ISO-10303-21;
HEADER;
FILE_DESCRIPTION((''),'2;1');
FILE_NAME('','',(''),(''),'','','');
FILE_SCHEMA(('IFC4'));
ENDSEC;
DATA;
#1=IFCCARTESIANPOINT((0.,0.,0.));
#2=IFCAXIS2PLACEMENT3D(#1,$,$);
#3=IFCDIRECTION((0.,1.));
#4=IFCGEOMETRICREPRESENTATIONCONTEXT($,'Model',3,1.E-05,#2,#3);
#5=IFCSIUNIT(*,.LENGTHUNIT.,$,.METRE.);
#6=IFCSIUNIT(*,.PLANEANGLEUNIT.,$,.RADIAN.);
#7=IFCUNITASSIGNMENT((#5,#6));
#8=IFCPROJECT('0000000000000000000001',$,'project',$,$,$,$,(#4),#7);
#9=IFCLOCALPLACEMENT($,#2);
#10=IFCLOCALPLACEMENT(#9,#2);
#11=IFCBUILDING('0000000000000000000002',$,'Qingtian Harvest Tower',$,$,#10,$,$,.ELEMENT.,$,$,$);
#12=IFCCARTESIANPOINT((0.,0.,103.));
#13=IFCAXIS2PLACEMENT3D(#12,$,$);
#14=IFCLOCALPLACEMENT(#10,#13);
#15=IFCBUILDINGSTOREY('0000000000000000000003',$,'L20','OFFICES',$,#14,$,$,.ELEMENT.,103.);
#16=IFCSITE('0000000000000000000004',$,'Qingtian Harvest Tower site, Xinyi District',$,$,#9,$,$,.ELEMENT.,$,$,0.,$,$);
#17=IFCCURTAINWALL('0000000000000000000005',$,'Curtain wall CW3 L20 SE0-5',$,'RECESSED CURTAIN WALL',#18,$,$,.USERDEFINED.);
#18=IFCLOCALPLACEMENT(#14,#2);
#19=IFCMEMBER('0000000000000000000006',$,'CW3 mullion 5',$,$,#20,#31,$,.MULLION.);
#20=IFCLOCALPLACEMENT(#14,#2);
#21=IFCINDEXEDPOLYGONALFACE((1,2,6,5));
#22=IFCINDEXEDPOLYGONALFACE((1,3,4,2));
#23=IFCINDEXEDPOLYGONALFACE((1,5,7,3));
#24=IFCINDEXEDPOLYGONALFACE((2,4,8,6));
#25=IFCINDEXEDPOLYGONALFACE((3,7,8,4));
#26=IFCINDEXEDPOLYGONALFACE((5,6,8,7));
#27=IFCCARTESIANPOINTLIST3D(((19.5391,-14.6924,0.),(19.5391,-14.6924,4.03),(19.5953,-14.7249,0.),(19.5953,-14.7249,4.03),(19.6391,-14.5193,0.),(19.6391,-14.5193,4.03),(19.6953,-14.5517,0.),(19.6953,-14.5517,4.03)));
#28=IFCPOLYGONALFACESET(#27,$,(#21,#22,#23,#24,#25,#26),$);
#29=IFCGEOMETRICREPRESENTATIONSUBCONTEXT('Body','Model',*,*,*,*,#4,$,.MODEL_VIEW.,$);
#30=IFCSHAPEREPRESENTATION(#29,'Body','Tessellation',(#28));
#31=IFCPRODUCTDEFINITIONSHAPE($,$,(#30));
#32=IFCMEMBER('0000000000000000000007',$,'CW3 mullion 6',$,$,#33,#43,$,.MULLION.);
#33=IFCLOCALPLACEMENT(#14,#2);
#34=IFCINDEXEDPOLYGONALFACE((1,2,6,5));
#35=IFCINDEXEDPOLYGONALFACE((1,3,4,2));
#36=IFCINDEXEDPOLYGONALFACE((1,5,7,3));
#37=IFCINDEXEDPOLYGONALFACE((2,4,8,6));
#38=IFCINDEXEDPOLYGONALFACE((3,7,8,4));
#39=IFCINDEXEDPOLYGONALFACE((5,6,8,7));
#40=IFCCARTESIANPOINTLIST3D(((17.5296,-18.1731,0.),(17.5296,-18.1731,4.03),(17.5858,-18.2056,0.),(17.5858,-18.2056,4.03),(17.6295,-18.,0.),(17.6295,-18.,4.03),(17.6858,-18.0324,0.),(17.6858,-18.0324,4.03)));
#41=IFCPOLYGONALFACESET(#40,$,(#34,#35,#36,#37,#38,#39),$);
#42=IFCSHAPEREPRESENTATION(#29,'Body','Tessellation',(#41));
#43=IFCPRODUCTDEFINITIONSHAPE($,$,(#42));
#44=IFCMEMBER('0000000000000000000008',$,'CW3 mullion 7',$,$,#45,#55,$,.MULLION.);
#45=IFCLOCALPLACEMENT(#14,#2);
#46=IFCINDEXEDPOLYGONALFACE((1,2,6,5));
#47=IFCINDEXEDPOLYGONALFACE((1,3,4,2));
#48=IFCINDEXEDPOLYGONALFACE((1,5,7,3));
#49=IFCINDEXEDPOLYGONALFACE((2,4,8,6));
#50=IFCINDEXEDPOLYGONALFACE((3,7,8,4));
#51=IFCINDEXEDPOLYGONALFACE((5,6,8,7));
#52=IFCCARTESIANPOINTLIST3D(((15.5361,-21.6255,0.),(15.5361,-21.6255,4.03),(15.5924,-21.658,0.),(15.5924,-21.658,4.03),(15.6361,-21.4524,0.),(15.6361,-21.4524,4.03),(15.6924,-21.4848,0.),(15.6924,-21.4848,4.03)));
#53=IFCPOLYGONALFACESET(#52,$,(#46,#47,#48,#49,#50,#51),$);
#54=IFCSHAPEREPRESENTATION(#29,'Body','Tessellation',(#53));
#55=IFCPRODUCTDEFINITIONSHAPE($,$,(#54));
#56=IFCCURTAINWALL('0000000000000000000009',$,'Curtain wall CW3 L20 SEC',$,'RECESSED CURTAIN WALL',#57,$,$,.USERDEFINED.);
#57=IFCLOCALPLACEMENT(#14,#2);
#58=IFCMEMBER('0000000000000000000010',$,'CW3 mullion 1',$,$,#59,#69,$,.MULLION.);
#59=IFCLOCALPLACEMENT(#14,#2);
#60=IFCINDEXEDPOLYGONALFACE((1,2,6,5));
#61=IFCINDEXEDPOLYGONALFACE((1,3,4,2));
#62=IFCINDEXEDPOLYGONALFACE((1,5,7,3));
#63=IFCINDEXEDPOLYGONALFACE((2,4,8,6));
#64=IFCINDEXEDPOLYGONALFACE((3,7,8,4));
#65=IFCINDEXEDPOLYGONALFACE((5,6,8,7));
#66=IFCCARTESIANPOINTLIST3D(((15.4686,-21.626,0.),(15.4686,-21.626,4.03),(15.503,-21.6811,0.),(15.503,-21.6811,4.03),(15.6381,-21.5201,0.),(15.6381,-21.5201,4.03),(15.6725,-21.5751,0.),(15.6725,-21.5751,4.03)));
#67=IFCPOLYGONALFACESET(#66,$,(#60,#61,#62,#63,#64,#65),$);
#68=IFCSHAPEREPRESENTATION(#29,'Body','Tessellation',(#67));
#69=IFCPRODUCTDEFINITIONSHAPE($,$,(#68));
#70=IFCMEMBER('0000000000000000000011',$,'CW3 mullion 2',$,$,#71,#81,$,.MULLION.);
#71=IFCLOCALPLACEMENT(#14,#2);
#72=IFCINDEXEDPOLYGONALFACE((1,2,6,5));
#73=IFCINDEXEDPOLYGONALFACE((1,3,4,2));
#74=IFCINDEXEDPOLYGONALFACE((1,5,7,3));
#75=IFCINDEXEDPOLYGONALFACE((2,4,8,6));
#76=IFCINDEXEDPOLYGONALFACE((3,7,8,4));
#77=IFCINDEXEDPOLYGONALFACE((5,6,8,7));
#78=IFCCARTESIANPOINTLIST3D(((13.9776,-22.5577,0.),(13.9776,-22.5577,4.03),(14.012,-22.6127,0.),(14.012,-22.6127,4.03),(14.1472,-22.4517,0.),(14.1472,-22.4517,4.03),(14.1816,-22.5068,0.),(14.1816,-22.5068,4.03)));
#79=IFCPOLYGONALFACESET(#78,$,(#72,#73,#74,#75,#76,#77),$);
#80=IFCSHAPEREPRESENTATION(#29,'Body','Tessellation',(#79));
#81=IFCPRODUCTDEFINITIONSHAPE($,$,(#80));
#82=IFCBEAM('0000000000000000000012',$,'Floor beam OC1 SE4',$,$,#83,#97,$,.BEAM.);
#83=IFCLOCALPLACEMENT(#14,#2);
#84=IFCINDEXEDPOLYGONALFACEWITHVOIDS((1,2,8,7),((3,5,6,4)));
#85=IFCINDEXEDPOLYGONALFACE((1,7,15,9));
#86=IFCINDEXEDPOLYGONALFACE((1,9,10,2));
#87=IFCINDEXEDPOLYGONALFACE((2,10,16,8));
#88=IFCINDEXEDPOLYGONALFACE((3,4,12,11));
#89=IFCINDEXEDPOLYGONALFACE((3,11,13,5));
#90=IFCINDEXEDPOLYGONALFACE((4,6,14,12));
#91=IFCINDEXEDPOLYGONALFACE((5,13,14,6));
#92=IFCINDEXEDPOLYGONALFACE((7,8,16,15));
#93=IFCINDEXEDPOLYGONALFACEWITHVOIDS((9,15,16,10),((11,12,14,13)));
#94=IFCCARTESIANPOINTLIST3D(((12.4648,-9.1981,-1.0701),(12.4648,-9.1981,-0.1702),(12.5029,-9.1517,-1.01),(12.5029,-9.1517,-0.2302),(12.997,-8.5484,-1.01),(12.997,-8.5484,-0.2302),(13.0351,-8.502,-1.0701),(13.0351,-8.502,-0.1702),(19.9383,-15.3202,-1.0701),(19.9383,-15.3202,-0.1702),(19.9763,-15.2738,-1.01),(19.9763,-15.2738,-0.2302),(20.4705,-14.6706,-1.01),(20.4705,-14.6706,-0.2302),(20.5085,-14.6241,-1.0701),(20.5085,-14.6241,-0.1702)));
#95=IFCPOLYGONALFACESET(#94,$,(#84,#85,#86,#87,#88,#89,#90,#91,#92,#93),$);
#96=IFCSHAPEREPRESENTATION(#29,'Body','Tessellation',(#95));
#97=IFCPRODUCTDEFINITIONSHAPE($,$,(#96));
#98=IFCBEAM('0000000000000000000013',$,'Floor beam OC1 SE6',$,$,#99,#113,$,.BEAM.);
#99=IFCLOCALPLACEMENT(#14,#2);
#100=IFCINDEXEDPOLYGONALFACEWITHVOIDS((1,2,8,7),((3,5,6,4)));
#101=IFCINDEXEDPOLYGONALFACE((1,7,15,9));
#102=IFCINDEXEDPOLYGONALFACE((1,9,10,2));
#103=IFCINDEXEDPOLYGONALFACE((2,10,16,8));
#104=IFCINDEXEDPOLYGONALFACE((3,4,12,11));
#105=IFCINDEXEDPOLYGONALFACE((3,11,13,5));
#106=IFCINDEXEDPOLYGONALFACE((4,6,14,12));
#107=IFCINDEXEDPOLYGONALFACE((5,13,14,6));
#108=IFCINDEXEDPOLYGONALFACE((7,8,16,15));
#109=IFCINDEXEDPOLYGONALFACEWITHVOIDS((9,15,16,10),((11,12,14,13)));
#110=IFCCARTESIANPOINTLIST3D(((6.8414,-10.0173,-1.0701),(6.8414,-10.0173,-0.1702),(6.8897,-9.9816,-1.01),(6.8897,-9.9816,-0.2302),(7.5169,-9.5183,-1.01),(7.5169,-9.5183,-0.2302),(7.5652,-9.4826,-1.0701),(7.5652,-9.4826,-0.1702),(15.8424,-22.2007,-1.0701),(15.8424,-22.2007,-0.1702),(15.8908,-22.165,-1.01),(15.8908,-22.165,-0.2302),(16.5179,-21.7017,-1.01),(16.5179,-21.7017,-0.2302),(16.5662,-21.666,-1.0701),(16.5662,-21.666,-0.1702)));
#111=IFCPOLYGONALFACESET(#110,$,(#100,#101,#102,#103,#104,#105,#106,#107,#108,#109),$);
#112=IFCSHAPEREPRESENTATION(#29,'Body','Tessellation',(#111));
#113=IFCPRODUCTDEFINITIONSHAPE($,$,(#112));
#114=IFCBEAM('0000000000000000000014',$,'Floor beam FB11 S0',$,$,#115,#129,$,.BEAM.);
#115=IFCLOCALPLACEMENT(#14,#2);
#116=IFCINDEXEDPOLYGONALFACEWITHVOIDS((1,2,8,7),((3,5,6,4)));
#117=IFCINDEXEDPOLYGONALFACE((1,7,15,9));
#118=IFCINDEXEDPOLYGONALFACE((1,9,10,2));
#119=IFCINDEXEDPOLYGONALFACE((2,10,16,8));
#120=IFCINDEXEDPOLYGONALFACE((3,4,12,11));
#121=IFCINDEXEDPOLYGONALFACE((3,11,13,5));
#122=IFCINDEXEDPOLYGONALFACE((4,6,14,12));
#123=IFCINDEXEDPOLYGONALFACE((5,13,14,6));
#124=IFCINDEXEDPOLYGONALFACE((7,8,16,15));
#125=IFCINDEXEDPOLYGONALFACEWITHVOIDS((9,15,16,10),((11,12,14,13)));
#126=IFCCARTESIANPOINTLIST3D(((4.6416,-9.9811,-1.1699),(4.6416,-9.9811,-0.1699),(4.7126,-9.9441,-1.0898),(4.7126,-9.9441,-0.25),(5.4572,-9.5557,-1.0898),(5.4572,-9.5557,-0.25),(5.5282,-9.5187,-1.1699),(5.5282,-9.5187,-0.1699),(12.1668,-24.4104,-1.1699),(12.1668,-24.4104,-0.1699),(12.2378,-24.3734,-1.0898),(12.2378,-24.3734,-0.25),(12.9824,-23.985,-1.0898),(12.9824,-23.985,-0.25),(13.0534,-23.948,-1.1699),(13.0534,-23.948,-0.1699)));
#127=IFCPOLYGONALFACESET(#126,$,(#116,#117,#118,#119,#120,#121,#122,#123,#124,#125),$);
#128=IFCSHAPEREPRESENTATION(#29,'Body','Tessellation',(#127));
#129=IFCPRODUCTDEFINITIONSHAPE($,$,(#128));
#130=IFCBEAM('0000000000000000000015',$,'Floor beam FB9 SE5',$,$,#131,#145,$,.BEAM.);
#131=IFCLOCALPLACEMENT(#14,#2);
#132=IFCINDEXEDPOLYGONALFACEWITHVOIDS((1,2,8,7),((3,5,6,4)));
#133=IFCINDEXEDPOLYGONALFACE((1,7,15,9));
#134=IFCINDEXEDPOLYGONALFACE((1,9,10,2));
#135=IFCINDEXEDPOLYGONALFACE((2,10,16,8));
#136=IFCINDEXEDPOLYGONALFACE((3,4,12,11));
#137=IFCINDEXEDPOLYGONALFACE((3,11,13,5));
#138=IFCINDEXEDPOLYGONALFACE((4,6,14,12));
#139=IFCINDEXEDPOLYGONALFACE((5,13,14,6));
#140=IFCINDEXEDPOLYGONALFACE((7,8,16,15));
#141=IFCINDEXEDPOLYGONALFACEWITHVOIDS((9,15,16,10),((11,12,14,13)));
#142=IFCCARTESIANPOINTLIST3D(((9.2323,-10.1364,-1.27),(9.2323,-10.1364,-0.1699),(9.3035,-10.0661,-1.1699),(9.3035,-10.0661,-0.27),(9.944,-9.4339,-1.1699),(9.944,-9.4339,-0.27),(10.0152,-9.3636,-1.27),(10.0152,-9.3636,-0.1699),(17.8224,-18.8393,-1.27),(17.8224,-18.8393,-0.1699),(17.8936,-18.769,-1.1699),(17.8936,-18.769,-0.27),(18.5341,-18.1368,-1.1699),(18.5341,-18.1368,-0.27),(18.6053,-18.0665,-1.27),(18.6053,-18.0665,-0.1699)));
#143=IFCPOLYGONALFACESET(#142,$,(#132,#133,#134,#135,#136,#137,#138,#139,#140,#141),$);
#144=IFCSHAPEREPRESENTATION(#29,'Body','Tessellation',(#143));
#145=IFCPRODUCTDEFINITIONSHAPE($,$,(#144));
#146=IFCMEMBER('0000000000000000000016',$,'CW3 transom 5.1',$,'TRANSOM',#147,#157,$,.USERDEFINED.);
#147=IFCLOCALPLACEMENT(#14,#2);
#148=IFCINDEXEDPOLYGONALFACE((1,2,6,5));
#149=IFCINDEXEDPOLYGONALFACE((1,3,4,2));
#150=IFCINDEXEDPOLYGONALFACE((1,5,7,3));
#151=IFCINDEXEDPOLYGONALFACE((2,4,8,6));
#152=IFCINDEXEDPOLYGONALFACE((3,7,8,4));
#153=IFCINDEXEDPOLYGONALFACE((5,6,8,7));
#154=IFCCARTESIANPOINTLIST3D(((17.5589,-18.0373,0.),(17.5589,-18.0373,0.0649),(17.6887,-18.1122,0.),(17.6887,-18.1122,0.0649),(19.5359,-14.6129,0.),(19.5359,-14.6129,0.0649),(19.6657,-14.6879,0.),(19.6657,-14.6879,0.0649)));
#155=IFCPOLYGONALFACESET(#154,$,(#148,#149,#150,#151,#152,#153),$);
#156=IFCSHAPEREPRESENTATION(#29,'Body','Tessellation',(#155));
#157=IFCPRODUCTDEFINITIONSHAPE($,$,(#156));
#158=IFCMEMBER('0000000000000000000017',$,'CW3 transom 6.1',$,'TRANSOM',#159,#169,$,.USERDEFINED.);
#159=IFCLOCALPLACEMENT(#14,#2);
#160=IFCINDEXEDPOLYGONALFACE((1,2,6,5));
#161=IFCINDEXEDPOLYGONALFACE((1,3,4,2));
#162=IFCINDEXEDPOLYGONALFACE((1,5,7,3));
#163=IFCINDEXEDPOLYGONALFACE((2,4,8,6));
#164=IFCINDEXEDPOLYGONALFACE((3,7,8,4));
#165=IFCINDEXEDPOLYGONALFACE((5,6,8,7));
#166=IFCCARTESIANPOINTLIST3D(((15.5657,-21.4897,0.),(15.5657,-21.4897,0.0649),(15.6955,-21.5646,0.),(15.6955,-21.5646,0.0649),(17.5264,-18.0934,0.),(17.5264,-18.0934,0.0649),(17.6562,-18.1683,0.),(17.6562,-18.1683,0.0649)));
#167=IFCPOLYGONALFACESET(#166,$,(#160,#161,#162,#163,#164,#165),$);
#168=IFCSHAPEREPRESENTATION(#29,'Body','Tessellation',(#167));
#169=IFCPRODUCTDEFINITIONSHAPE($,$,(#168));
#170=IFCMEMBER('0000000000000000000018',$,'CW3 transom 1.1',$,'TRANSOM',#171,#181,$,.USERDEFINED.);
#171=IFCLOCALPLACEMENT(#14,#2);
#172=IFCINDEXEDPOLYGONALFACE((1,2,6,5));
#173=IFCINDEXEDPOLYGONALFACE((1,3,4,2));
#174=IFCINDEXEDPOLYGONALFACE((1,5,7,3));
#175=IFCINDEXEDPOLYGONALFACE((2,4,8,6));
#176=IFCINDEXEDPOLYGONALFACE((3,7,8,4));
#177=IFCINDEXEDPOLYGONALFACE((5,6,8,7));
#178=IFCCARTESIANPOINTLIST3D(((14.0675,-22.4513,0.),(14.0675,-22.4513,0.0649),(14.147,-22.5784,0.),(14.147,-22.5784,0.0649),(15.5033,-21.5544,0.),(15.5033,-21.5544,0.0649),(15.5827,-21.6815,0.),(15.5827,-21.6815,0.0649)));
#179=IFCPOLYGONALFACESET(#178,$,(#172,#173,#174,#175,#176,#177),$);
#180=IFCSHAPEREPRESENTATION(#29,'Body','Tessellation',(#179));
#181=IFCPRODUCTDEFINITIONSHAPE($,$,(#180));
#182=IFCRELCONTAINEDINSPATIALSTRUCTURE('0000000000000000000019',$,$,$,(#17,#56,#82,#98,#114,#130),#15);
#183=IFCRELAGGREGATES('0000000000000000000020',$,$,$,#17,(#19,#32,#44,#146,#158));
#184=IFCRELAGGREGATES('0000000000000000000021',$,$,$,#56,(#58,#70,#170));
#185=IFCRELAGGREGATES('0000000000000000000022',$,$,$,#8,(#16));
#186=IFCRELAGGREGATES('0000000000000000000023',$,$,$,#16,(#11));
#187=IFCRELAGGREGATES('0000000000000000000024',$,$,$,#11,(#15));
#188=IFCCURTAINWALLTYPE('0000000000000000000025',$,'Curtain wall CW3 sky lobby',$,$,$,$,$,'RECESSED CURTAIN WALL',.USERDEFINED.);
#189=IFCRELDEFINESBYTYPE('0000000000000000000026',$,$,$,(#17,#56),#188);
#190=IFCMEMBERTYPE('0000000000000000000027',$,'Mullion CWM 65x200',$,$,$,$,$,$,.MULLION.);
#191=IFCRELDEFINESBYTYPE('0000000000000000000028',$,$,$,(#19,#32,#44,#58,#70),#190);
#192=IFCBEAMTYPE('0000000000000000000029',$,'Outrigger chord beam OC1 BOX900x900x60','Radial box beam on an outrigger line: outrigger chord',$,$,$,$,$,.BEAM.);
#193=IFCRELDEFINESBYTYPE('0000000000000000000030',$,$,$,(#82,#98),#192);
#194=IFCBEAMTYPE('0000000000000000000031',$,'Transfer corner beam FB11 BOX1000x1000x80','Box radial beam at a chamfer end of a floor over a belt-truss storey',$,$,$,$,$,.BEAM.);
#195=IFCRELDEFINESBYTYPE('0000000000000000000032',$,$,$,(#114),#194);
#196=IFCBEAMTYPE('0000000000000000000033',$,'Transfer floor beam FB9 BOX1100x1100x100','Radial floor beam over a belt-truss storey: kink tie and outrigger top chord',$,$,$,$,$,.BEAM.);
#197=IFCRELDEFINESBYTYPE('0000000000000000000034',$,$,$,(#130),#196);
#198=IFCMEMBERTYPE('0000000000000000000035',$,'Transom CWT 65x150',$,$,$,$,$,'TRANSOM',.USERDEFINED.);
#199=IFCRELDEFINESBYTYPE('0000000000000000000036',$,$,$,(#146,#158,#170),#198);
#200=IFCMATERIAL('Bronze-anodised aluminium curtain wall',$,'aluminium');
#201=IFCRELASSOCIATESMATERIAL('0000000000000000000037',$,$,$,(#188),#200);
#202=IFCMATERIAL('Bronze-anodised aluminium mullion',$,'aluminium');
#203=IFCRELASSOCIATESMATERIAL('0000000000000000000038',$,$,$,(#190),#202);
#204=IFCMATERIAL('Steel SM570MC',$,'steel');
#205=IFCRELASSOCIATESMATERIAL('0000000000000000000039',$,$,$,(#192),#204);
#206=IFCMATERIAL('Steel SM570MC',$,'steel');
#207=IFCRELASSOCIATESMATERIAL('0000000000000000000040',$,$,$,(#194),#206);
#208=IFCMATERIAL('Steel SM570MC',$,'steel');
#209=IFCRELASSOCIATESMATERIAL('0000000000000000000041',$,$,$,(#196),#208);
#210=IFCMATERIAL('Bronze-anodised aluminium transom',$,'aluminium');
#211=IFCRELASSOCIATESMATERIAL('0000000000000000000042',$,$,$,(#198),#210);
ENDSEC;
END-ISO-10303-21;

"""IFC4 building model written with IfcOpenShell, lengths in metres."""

from ifc_helpers import new_model, si_unit, direction, frame, origin, origin_2d, place, context, subcontext, project, spatial, rectangle, hollow_rectangle, extrude, material, material_profile, profile_set, type_object, element, aggregate, save


model = new_model("IFC4")

# Units and contexts
model_context = context("Model", 3, precision=1e-05, world=origin(), true_north=direction((0.0, 1.0)))
body_context = subcontext(model_context, "Body", "Model", "MODEL_VIEW")
ifc_project = project(units=[si_unit("LENGTHUNIT", "METRE"), si_unit("PLANEANGLEUNIT", "RADIAN")], contexts=[model_context])

# Site, building, storey
site_placement = place(None, origin())
site = spatial("IfcSite", under=ifc_project, at=site_placement, Name="Qingtian Harvest Tower site, Xinyi District", CompositionType="ELEMENT", RefElevation=0.0)
building_placement = place(site_placement, origin())
building = spatial("IfcBuilding", under=site, at=building_placement, Name="Qingtian Harvest Tower", CompositionType="ELEMENT")
storey_placement = place(building_placement, frame((0.0, 0.0, 103.0)))
storey = spatial("IfcBuildingStorey", under=building, at=storey_placement, Name="L20", Description="OFFICES", CompositionType="ELEMENT", Elevation=103.0)

# Curtain walls, members
ifc_material_1 = material(Name="Bronze-anodised aluminium curtain wall", Category="aluminium")
curtain_wall_type = type_object("IfcCurtainWallType", Name="Curtain wall CW3 sky lobby", ElementType="RECESSED CURTAIN WALL", PredefinedType="USERDEFINED", material=ifc_material_1)
curtain_wall_1_placement = place(storey_placement, origin())
curtain_wall_1 = element("IfcCurtainWall", 1, at=curtain_wall_1_placement, inside=storey, type_object=curtain_wall_type, Name="Curtain wall CW3 L20 SE0-5", ObjectType="RECESSED CURTAIN WALL", PredefinedType="USERDEFINED")
ifc_material_2 = material(Name="Bronze-anodised aluminium mullion", Category="aluminium")
ifc_material_profile_1 = material_profile(ifc_material_2, rectangle(XDim=0.0649, YDim=0.2, at=origin_2d()), Name="AL 65x200")
ifc_profile_set_1 = profile_set([ifc_material_profile_1], Name="Bronze-anodised aluminium mullion")
member_type_1 = type_object("IfcMemberType", Name="Mullion CWM 65x200", PredefinedType="MULLION", material=ifc_profile_set_1)
member_1_placement = place(storey_placement, frame((19.6172, -14.6221, 0.0), z_axis=(0.0, 0.0, 1.0), x_axis=(0.866025, -0.5, 0.0)))
member_1 = element("IfcMember", 2, at=member_1_placement, type_object=member_type_1, Name="CW3 mullion 5", PredefinedType="MULLION", context=body_context, shape_type="SweptSolid", body=[
    extrude(rectangle(XDim=0.0649, YDim=0.2, at=origin_2d()), origin(), (0.0, 0.0, 1.0), 4.03),
])
member_2_placement = place(storey_placement, frame((17.6077, -18.1028, 0.0), z_axis=(0.0, 0.0, 1.0), x_axis=(0.866025, -0.5, 0.0)))
member_2 = element("IfcMember", 3, at=member_2_placement, type_object=member_type_1, Name="CW3 mullion 6", PredefinedType="MULLION", context=body_context, shape_type="SweptSolid", body=[
    extrude(rectangle(XDim=0.0649, YDim=0.2, at=origin_2d()), origin(), (0.0, 0.0, 1.0), 4.03),
])
member_3_placement = place(storey_placement, frame((15.6143, -21.5552, 0.0), z_axis=(0.0, 0.0, 1.0), x_axis=(0.866025, -0.5, 0.0)))
member_3 = element("IfcMember", 4, at=member_3_placement, type_object=member_type_1, Name="CW3 mullion 7", PredefinedType="MULLION", context=body_context, shape_type="SweptSolid", body=[
    extrude(rectangle(XDim=0.0649, YDim=0.2, at=origin_2d()), origin(), (0.0, 0.0, 1.0), 4.03),
])
curtain_wall_2_placement = place(storey_placement, origin())
curtain_wall_2 = element("IfcCurtainWall", 5, at=curtain_wall_2_placement, inside=storey, type_object=curtain_wall_type, Name="Curtain wall CW3 L20 SEC", ObjectType="RECESSED CURTAIN WALL", PredefinedType="USERDEFINED")
member_4_placement = place(storey_placement, frame((15.5706, -21.6006, 0.0), z_axis=(0.0, 0.0, 1.0), x_axis=(0.529919, -0.848048, 0.0)))
member_4 = element("IfcMember", 6, at=member_4_placement, type_object=member_type_1, Name="CW3 mullion 1", PredefinedType="MULLION", context=body_context, shape_type="SweptSolid", body=[
    extrude(rectangle(XDim=0.0649, YDim=0.2, at=origin_2d()), origin(), (0.0, 0.0, 1.0), 4.03),
])
member_5_placement = place(storey_placement, frame((14.0796, -22.5322, 0.0), z_axis=(0.0, 0.0, 1.0), x_axis=(0.529919, -0.848048, 0.0)))
member_5 = element("IfcMember", 7, at=member_5_placement, type_object=member_type_1, Name="CW3 mullion 2", PredefinedType="MULLION", context=body_context, shape_type="SweptSolid", body=[
    extrude(rectangle(XDim=0.0649, YDim=0.2, at=origin_2d()), origin(), (0.0, 0.0, 1.0), 4.03),
])

# Beams
ifc_material_3 = material(Name="Steel SM570MC", Category="steel")
ifc_material_profile_2 = material_profile(ifc_material_3, hollow_rectangle(XDim=0.8999, YDim=0.8999, WallThickness=0.0601, at=origin_2d()), Name="BOX900x900x60")
ifc_profile_set_2 = profile_set([ifc_material_profile_2], Name="Steel SM570MC")
beam_type_1 = type_object("IfcBeamType", Name="Outrigger chord beam OC1 BOX900x900x60", Description="Radial box beam on an outrigger line: outrigger chord", PredefinedType="BEAM", material=ifc_profile_set_2)
beam_1_placement = place(storey_placement, frame((20.2234, -14.9722, -0.6201), z_axis=(-0.773578, 0.633701, 0.0), x_axis=(-0.633701, -0.773578, 0.0)))
element("IfcBeam", 8, at=beam_1_placement, inside=storey, type_object=beam_type_1, Name="Floor beam OC1 SE4", PredefinedType="BEAM", context=body_context, shape_type="SweptSolid", body=[
    extrude(hollow_rectangle(XDim=0.8999, YDim=0.8999, WallThickness=0.0601, at=origin_2d()), origin(), (0.0, 0.0, 1.0), 9.6609),
])
beam_2_placement = place(storey_placement, frame((16.2043, -21.9333, -0.6201), z_axis=(-0.594216, 0.804306, 0.0), x_axis=(-0.804306, -0.594216, 0.0)))
element("IfcBeam", 9, at=beam_2_placement, inside=storey, type_object=beam_type_1, Name="Floor beam OC1 SE6", PredefinedType="BEAM", context=body_context, shape_type="SweptSolid", body=[
    extrude(hollow_rectangle(XDim=0.8999, YDim=0.8999, WallThickness=0.0601, at=origin_2d()), origin(), (0.0, 0.0, 1.0), 15.1477),
])
ifc_material_4 = material(Name="Steel SM570MC", Category="steel")
ifc_material_profile_3 = material_profile(ifc_material_4, hollow_rectangle(XDim=1.0, YDim=1.0, WallThickness=0.0801, at=origin_2d()), Name="BOX1000x1000x80")
ifc_profile_set_3 = profile_set([ifc_material_profile_3], Name="Steel SM570MC")
beam_type_2 = type_object("IfcBeamType", Name="Transfer corner beam FB11 BOX1000x1000x80", Description="Box radial beam at a chamfer end of a floor over a belt-truss storey", PredefinedType="BEAM", material=ifc_profile_set_3)
beam_3_placement = place(storey_placement, frame((12.6101, -24.1792, -0.6699), z_axis=(-0.462415, 0.886664, 0.0), x_axis=(-0.886664, -0.462415, 0.0)))
element("IfcBeam", 10, at=beam_3_placement, inside=storey, type_object=beam_type_2, Name="Floor beam FB11 S0", PredefinedType="BEAM", context=body_context, shape_type="SweptSolid", body=[
    extrude(hollow_rectangle(XDim=1.0, YDim=1.0, WallThickness=0.0801, at=origin_2d()), origin(), (0.0, 0.0, 1.0), 16.2737),
])
ifc_material_5 = material(Name="Steel SM570MC", Category="steel")
ifc_material_profile_4 = material_profile(ifc_material_5, hollow_rectangle(XDim=1.1001, YDim=1.1001, WallThickness=0.1001, at=origin_2d()), Name="BOX1100x1100x100")
ifc_profile_set_4 = profile_set([ifc_material_profile_4], Name="Steel SM570MC")
beam_type_3 = type_object("IfcBeamType", Name="Transfer floor beam FB9 BOX1100x1100x100", Description="Radial floor beam over a belt-truss storey: kink tie and outrigger top chord", PredefinedType="BEAM", material=ifc_profile_set_4)
beam_4_placement = place(storey_placement, frame((18.2139, -18.4529, -0.72), z_axis=(-0.70248, 0.711704, 0.0), x_axis=(-0.711704, -0.70248, 0.0)))
element("IfcBeam", 11, at=beam_4_placement, inside=storey, type_object=beam_type_3, Name="Floor beam FB9 SE5", PredefinedType="BEAM", context=body_context, shape_type="SweptSolid", body=[
    extrude(hollow_rectangle(XDim=1.1001, YDim=1.1001, WallThickness=0.1001, at=origin_2d()), origin(), (0.0, 0.0, 1.0), 12.2283),
])

# Members
ifc_material_6 = material(Name="Bronze-anodised aluminium transom", Category="aluminium")
ifc_material_profile_5 = material_profile(ifc_material_6, rectangle(XDim=0.1499, YDim=0.0649, at=origin_2d()), Name="AL 65x150")
ifc_profile_set_5 = profile_set([ifc_material_profile_5], Name="Bronze-anodised aluminium transom")
member_type_2 = type_object("IfcMemberType", Name="Transom CWT 65x150", ElementType="TRANSOM", PredefinedType="USERDEFINED", material=ifc_profile_set_5)
member_6_placement = place(storey_placement, frame((19.6008, -14.6504, 0.0325), z_axis=(-0.500004, -0.866023, 0.0), x_axis=(0.866023, -0.500004, 0.0)))
member_6 = element("IfcMember", 12, at=member_6_placement, type_object=member_type_2, Name="CW3 transom 5.1", ObjectType="TRANSOM", PredefinedType="USERDEFINED", context=body_context, shape_type="SweptSolid", body=[
    extrude(rectangle(XDim=0.1499, YDim=0.0649, at=origin_2d()), origin(), (0.0, 0.0, 1.0), 3.9541),
])
member_7_placement = place(storey_placement, frame((17.5913, -18.1309, 0.0325), z_axis=(-0.499976, -0.866039, 0.0), x_axis=(0.866039, -0.499976, 0.0)))
member_7 = element("IfcMember", 13, at=member_7_placement, type_object=member_type_2, Name="CW3 transom 6.1", ObjectType="TRANSOM", PredefinedType="USERDEFINED", context=body_context, shape_type="SweptSolid", body=[
    extrude(rectangle(XDim=0.1499, YDim=0.0649, at=origin_2d()), origin(), (0.0, 0.0, 1.0), 3.9216),
])
member_8_placement = place(storey_placement, frame((15.543, -21.6179, 0.0325), z_axis=(-0.848104, -0.52983, 0.0), x_axis=(0.52983, -0.848104, 0.0)))
member_8 = element("IfcMember", 14, at=member_8_placement, type_object=member_type_2, Name="CW3 transom 1.1", ObjectType="TRANSOM", PredefinedType="USERDEFINED", context=body_context, shape_type="SweptSolid", body=[
    extrude(rectangle(XDim=0.1499, YDim=0.0649, at=origin_2d()), origin(), (0.0, 0.0, 1.0), 1.6929),
])

aggregate(curtain_wall_1, [member_1, member_2, member_3, member_6, member_7])
aggregate(curtain_wall_2, [member_4, member_5, member_8])

save(model, "model.ifc")
